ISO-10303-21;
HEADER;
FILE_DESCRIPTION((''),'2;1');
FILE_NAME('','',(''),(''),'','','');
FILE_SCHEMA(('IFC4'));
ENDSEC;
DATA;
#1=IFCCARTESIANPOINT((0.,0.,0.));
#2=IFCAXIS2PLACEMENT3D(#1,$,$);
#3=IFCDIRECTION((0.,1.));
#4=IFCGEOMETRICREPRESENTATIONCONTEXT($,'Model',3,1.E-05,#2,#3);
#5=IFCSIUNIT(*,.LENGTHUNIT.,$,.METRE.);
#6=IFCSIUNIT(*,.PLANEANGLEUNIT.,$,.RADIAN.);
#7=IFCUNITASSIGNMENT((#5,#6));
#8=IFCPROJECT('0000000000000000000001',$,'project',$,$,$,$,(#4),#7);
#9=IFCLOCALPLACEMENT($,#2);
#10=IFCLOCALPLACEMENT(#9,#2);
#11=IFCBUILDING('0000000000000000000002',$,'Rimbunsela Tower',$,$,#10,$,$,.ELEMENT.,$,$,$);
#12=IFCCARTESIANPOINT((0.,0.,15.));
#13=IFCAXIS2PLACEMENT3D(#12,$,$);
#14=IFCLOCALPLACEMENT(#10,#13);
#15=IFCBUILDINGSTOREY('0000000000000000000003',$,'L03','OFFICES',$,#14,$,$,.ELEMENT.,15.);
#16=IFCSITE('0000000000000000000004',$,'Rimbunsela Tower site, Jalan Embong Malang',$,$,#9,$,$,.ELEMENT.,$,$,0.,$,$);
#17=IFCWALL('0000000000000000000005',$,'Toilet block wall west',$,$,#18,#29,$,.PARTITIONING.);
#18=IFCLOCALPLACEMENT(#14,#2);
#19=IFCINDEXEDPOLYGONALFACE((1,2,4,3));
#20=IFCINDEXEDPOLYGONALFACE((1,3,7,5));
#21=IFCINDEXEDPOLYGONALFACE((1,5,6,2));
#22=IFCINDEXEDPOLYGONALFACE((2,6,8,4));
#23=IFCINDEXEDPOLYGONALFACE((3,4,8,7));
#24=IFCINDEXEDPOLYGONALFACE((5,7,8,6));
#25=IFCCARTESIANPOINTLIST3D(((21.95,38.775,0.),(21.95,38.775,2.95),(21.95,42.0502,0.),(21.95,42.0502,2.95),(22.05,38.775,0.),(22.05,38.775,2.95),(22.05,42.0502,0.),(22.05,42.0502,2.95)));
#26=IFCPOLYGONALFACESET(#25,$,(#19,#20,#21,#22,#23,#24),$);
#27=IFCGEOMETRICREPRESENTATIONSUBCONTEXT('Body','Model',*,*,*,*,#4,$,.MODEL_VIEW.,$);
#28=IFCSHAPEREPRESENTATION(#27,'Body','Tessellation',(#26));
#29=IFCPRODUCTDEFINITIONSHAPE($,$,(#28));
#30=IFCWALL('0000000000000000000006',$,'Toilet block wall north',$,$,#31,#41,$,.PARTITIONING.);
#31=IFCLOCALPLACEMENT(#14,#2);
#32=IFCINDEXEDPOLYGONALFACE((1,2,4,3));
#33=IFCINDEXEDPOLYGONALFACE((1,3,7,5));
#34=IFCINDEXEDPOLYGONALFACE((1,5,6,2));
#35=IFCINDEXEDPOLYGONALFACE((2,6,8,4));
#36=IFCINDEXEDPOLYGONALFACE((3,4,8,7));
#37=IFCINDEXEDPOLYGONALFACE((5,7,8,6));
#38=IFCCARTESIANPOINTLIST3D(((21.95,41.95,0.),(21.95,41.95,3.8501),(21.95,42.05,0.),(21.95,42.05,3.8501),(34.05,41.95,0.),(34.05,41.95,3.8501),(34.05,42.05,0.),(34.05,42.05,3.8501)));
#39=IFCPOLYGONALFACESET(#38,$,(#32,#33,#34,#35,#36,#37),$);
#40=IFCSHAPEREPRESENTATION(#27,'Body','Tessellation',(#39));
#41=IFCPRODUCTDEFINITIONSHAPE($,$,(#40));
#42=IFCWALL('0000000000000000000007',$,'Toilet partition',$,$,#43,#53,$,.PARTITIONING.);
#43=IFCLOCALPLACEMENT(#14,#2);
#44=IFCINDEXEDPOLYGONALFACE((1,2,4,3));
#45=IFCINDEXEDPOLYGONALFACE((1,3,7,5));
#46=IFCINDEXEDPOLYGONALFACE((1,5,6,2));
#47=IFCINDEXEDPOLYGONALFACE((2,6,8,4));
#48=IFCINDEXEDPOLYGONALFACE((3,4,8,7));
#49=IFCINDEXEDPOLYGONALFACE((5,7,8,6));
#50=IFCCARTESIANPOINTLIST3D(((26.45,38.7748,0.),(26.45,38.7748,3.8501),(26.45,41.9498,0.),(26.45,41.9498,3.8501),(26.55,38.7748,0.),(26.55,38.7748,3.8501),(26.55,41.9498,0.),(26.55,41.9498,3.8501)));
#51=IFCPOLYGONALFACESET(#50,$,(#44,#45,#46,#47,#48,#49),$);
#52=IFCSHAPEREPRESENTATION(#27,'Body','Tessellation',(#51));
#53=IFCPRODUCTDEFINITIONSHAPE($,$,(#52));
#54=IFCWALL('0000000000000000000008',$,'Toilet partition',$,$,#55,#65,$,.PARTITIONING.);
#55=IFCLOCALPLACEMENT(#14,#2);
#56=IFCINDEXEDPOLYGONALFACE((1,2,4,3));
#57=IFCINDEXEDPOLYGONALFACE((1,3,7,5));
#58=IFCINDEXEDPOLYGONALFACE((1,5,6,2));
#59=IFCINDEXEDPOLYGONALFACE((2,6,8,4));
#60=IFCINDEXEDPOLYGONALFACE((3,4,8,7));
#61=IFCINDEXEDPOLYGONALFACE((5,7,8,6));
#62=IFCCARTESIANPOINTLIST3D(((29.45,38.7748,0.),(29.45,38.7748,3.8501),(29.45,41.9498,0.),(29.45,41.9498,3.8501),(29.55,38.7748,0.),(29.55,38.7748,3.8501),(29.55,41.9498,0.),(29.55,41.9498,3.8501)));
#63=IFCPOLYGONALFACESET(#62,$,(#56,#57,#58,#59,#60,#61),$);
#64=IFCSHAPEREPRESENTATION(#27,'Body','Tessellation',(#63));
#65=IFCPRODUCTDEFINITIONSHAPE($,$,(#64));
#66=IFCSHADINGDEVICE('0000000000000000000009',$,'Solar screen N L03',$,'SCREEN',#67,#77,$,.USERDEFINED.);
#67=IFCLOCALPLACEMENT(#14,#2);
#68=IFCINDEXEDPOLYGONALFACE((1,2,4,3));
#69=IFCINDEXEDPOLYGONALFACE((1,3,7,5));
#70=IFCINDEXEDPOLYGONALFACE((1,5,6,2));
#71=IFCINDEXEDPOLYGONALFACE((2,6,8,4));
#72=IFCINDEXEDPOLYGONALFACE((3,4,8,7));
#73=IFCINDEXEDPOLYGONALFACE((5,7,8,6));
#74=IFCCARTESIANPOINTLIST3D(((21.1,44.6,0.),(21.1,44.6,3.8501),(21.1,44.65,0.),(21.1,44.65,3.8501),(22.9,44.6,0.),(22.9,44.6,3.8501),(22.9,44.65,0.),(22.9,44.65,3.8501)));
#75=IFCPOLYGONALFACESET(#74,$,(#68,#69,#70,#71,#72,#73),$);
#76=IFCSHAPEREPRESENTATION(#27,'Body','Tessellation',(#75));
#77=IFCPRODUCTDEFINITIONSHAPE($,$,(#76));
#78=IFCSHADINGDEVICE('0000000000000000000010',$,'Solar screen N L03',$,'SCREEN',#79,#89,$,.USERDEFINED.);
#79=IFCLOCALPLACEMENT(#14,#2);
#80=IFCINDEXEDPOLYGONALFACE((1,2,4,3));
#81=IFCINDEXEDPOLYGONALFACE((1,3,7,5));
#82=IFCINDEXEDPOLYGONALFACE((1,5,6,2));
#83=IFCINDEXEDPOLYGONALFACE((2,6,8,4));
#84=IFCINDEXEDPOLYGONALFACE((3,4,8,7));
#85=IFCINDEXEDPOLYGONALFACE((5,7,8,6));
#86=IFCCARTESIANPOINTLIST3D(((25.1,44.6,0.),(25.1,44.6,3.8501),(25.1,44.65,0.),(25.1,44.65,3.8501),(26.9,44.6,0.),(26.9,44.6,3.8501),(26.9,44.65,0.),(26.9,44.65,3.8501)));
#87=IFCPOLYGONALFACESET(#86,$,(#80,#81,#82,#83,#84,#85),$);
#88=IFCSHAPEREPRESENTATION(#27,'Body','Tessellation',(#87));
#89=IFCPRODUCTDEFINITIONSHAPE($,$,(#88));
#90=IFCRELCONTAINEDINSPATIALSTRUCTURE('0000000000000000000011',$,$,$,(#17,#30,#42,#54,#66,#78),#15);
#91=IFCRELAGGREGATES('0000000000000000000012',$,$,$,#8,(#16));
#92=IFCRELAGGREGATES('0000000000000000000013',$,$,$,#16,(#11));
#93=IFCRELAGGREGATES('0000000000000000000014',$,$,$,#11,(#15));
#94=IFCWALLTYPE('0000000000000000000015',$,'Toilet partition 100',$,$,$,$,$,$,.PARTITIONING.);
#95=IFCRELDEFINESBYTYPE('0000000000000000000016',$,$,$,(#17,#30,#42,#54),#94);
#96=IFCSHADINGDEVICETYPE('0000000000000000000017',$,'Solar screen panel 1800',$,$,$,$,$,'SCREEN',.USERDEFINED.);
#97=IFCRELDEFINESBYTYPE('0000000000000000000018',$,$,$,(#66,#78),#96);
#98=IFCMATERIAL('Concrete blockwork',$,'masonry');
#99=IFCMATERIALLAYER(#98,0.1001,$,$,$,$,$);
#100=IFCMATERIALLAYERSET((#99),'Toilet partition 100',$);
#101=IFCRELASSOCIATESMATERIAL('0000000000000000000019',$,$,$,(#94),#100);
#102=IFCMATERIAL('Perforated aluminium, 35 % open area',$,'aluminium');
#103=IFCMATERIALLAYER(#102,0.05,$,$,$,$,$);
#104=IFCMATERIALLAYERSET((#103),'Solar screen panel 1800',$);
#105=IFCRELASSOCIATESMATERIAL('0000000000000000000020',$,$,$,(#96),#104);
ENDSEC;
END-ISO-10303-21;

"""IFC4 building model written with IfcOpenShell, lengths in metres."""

from ifc_helpers import new_model, si_unit, direction, frame, frame_2d, origin, origin_2d, place, context, subcontext, project, spatial, rectangle, extrude, material, layer, layer_set, type_object, element, save


model = new_model("IFC4")

# Units and contexts
model_context = context("Model", 3, precision=1e-05, world=origin(), true_north=direction((0.0, 1.0)))
body_context = subcontext(model_context, "Body", "Model", "MODEL_VIEW")
ifc_project = project(units=[si_unit("LENGTHUNIT", "METRE"), si_unit("PLANEANGLEUNIT", "RADIAN")], contexts=[model_context])

# Site, building, storey
site_placement = place(None, origin())
site = spatial("IfcSite", under=ifc_project, at=site_placement, Name="Rimbunsela Tower site, Jalan Embong Malang", CompositionType="ELEMENT", RefElevation=0.0)
building_placement = place(site_placement, origin())
building = spatial("IfcBuilding", under=site, at=building_placement, Name="Rimbunsela Tower", CompositionType="ELEMENT")
storey_placement = place(building_placement, frame((0.0, 0.0, 15.0)))
storey = spatial("IfcBuildingStorey", under=building, at=storey_placement, Name="L03", Description="OFFICES", CompositionType="ELEMENT", Elevation=15.0)

# Walls
ifc_material_1 = material(Name="Concrete blockwork", Category="masonry")
ifc_layer_1 = layer(ifc_material_1, 0.1001)
ifc_layer_set_1 = layer_set([ifc_layer_1], Name="Toilet partition 100")
wall_type_1 = type_object("IfcWallType", Name="Toilet partition 100", PredefinedType="PARTITIONING", material=ifc_layer_set_1)
wall_1_placement = place(storey_placement, frame((22.0, 38.7749, 0.0), z_axis=(0.0, 0.0, 1.0), x_axis=(0.0, 1.0, 0.0)))
element("IfcWall", 1, at=wall_1_placement, inside=storey, type_object=wall_type_1, Name="Toilet block wall west", PredefinedType="PARTITIONING", context=body_context, shape_type="SweptSolid", body=[
    extrude(rectangle(XDim=3.2751, YDim=0.1001, at=frame_2d((1.6377, 0.0))), origin(), (0.0, 0.0, 1.0), 2.95),
])
wall_2_placement = place(storey_placement, frame((21.95, 42.0, 0.0), z_axis=(0.0, 0.0, 1.0), x_axis=(1.0, 0.0, 0.0)))
element("IfcWall", 2, at=wall_2_placement, inside=storey, type_object=wall_type_1, Name="Toilet block wall north", PredefinedType="PARTITIONING", context=body_context, shape_type="SweptSolid", body=[
    extrude(rectangle(XDim=12.1001, YDim=0.1001, at=frame_2d((6.05, 0.0))), origin(), (0.0, 0.0, 1.0), 3.8501),
])
for number, where, z_axis, x_axis, name in (
    (3, (26.5, 38.7749, 0.0), (0.0, 0.0, 1.0), (0.0, 1.0, 0.0), "Toilet partition"),
    (4, (29.5, 38.7749, 0.0), (0.0, 0.0, 1.0), (0.0, 1.0, 0.0), "Toilet partition"),
):
    element("IfcWall", number, at=place(storey_placement, frame(where, z_axis=z_axis, x_axis=x_axis)), inside=storey, type_object=wall_type_1, Name=name, PredefinedType="PARTITIONING", context=body_context, shape_type="SweptSolid", body=[
        extrude(rectangle(XDim=3.175, YDim=0.1001, at=frame_2d((1.5874, 0.0))), origin(), (0.0, 0.0, 1.0), 3.8501),
    ])

# Shading devices
ifc_material_2 = material(Name="Perforated aluminium, 35 % open area", Category="aluminium")
ifc_layer_2 = layer(ifc_material_2, 0.05)
ifc_layer_set_2 = layer_set([ifc_layer_2], Name="Solar screen panel 1800")
shading_device_type = type_object("IfcShadingDeviceType", Name="Solar screen panel 1800", ElementType="SCREEN", PredefinedType="USERDEFINED", material=ifc_layer_set_2)
for number, where, z_axis, x_axis, name in (
    (5, (22.0, 44.625, 0.0), (0.0, 0.0, 1.0), (1.0, 0.0, 0.0), "Solar screen N L03"),
    (6, (26.0, 44.625, 0.0), (0.0, 0.0, 1.0), (1.0, 0.0, 0.0), "Solar screen N L03"),
):
    element("IfcShadingDevice", number, at=place(storey_placement, frame(where, z_axis=z_axis, x_axis=x_axis)), inside=storey, type_object=shading_device_type, Name=name, ObjectType="SCREEN", PredefinedType="USERDEFINED", context=body_context, shape_type="SweptSolid", body=[
        extrude(rectangle(XDim=1.8, YDim=0.05, at=origin_2d()), origin(), (0.0, 0.0, 1.0), 3.8501),
    ])

save(model, "model.ifc")
